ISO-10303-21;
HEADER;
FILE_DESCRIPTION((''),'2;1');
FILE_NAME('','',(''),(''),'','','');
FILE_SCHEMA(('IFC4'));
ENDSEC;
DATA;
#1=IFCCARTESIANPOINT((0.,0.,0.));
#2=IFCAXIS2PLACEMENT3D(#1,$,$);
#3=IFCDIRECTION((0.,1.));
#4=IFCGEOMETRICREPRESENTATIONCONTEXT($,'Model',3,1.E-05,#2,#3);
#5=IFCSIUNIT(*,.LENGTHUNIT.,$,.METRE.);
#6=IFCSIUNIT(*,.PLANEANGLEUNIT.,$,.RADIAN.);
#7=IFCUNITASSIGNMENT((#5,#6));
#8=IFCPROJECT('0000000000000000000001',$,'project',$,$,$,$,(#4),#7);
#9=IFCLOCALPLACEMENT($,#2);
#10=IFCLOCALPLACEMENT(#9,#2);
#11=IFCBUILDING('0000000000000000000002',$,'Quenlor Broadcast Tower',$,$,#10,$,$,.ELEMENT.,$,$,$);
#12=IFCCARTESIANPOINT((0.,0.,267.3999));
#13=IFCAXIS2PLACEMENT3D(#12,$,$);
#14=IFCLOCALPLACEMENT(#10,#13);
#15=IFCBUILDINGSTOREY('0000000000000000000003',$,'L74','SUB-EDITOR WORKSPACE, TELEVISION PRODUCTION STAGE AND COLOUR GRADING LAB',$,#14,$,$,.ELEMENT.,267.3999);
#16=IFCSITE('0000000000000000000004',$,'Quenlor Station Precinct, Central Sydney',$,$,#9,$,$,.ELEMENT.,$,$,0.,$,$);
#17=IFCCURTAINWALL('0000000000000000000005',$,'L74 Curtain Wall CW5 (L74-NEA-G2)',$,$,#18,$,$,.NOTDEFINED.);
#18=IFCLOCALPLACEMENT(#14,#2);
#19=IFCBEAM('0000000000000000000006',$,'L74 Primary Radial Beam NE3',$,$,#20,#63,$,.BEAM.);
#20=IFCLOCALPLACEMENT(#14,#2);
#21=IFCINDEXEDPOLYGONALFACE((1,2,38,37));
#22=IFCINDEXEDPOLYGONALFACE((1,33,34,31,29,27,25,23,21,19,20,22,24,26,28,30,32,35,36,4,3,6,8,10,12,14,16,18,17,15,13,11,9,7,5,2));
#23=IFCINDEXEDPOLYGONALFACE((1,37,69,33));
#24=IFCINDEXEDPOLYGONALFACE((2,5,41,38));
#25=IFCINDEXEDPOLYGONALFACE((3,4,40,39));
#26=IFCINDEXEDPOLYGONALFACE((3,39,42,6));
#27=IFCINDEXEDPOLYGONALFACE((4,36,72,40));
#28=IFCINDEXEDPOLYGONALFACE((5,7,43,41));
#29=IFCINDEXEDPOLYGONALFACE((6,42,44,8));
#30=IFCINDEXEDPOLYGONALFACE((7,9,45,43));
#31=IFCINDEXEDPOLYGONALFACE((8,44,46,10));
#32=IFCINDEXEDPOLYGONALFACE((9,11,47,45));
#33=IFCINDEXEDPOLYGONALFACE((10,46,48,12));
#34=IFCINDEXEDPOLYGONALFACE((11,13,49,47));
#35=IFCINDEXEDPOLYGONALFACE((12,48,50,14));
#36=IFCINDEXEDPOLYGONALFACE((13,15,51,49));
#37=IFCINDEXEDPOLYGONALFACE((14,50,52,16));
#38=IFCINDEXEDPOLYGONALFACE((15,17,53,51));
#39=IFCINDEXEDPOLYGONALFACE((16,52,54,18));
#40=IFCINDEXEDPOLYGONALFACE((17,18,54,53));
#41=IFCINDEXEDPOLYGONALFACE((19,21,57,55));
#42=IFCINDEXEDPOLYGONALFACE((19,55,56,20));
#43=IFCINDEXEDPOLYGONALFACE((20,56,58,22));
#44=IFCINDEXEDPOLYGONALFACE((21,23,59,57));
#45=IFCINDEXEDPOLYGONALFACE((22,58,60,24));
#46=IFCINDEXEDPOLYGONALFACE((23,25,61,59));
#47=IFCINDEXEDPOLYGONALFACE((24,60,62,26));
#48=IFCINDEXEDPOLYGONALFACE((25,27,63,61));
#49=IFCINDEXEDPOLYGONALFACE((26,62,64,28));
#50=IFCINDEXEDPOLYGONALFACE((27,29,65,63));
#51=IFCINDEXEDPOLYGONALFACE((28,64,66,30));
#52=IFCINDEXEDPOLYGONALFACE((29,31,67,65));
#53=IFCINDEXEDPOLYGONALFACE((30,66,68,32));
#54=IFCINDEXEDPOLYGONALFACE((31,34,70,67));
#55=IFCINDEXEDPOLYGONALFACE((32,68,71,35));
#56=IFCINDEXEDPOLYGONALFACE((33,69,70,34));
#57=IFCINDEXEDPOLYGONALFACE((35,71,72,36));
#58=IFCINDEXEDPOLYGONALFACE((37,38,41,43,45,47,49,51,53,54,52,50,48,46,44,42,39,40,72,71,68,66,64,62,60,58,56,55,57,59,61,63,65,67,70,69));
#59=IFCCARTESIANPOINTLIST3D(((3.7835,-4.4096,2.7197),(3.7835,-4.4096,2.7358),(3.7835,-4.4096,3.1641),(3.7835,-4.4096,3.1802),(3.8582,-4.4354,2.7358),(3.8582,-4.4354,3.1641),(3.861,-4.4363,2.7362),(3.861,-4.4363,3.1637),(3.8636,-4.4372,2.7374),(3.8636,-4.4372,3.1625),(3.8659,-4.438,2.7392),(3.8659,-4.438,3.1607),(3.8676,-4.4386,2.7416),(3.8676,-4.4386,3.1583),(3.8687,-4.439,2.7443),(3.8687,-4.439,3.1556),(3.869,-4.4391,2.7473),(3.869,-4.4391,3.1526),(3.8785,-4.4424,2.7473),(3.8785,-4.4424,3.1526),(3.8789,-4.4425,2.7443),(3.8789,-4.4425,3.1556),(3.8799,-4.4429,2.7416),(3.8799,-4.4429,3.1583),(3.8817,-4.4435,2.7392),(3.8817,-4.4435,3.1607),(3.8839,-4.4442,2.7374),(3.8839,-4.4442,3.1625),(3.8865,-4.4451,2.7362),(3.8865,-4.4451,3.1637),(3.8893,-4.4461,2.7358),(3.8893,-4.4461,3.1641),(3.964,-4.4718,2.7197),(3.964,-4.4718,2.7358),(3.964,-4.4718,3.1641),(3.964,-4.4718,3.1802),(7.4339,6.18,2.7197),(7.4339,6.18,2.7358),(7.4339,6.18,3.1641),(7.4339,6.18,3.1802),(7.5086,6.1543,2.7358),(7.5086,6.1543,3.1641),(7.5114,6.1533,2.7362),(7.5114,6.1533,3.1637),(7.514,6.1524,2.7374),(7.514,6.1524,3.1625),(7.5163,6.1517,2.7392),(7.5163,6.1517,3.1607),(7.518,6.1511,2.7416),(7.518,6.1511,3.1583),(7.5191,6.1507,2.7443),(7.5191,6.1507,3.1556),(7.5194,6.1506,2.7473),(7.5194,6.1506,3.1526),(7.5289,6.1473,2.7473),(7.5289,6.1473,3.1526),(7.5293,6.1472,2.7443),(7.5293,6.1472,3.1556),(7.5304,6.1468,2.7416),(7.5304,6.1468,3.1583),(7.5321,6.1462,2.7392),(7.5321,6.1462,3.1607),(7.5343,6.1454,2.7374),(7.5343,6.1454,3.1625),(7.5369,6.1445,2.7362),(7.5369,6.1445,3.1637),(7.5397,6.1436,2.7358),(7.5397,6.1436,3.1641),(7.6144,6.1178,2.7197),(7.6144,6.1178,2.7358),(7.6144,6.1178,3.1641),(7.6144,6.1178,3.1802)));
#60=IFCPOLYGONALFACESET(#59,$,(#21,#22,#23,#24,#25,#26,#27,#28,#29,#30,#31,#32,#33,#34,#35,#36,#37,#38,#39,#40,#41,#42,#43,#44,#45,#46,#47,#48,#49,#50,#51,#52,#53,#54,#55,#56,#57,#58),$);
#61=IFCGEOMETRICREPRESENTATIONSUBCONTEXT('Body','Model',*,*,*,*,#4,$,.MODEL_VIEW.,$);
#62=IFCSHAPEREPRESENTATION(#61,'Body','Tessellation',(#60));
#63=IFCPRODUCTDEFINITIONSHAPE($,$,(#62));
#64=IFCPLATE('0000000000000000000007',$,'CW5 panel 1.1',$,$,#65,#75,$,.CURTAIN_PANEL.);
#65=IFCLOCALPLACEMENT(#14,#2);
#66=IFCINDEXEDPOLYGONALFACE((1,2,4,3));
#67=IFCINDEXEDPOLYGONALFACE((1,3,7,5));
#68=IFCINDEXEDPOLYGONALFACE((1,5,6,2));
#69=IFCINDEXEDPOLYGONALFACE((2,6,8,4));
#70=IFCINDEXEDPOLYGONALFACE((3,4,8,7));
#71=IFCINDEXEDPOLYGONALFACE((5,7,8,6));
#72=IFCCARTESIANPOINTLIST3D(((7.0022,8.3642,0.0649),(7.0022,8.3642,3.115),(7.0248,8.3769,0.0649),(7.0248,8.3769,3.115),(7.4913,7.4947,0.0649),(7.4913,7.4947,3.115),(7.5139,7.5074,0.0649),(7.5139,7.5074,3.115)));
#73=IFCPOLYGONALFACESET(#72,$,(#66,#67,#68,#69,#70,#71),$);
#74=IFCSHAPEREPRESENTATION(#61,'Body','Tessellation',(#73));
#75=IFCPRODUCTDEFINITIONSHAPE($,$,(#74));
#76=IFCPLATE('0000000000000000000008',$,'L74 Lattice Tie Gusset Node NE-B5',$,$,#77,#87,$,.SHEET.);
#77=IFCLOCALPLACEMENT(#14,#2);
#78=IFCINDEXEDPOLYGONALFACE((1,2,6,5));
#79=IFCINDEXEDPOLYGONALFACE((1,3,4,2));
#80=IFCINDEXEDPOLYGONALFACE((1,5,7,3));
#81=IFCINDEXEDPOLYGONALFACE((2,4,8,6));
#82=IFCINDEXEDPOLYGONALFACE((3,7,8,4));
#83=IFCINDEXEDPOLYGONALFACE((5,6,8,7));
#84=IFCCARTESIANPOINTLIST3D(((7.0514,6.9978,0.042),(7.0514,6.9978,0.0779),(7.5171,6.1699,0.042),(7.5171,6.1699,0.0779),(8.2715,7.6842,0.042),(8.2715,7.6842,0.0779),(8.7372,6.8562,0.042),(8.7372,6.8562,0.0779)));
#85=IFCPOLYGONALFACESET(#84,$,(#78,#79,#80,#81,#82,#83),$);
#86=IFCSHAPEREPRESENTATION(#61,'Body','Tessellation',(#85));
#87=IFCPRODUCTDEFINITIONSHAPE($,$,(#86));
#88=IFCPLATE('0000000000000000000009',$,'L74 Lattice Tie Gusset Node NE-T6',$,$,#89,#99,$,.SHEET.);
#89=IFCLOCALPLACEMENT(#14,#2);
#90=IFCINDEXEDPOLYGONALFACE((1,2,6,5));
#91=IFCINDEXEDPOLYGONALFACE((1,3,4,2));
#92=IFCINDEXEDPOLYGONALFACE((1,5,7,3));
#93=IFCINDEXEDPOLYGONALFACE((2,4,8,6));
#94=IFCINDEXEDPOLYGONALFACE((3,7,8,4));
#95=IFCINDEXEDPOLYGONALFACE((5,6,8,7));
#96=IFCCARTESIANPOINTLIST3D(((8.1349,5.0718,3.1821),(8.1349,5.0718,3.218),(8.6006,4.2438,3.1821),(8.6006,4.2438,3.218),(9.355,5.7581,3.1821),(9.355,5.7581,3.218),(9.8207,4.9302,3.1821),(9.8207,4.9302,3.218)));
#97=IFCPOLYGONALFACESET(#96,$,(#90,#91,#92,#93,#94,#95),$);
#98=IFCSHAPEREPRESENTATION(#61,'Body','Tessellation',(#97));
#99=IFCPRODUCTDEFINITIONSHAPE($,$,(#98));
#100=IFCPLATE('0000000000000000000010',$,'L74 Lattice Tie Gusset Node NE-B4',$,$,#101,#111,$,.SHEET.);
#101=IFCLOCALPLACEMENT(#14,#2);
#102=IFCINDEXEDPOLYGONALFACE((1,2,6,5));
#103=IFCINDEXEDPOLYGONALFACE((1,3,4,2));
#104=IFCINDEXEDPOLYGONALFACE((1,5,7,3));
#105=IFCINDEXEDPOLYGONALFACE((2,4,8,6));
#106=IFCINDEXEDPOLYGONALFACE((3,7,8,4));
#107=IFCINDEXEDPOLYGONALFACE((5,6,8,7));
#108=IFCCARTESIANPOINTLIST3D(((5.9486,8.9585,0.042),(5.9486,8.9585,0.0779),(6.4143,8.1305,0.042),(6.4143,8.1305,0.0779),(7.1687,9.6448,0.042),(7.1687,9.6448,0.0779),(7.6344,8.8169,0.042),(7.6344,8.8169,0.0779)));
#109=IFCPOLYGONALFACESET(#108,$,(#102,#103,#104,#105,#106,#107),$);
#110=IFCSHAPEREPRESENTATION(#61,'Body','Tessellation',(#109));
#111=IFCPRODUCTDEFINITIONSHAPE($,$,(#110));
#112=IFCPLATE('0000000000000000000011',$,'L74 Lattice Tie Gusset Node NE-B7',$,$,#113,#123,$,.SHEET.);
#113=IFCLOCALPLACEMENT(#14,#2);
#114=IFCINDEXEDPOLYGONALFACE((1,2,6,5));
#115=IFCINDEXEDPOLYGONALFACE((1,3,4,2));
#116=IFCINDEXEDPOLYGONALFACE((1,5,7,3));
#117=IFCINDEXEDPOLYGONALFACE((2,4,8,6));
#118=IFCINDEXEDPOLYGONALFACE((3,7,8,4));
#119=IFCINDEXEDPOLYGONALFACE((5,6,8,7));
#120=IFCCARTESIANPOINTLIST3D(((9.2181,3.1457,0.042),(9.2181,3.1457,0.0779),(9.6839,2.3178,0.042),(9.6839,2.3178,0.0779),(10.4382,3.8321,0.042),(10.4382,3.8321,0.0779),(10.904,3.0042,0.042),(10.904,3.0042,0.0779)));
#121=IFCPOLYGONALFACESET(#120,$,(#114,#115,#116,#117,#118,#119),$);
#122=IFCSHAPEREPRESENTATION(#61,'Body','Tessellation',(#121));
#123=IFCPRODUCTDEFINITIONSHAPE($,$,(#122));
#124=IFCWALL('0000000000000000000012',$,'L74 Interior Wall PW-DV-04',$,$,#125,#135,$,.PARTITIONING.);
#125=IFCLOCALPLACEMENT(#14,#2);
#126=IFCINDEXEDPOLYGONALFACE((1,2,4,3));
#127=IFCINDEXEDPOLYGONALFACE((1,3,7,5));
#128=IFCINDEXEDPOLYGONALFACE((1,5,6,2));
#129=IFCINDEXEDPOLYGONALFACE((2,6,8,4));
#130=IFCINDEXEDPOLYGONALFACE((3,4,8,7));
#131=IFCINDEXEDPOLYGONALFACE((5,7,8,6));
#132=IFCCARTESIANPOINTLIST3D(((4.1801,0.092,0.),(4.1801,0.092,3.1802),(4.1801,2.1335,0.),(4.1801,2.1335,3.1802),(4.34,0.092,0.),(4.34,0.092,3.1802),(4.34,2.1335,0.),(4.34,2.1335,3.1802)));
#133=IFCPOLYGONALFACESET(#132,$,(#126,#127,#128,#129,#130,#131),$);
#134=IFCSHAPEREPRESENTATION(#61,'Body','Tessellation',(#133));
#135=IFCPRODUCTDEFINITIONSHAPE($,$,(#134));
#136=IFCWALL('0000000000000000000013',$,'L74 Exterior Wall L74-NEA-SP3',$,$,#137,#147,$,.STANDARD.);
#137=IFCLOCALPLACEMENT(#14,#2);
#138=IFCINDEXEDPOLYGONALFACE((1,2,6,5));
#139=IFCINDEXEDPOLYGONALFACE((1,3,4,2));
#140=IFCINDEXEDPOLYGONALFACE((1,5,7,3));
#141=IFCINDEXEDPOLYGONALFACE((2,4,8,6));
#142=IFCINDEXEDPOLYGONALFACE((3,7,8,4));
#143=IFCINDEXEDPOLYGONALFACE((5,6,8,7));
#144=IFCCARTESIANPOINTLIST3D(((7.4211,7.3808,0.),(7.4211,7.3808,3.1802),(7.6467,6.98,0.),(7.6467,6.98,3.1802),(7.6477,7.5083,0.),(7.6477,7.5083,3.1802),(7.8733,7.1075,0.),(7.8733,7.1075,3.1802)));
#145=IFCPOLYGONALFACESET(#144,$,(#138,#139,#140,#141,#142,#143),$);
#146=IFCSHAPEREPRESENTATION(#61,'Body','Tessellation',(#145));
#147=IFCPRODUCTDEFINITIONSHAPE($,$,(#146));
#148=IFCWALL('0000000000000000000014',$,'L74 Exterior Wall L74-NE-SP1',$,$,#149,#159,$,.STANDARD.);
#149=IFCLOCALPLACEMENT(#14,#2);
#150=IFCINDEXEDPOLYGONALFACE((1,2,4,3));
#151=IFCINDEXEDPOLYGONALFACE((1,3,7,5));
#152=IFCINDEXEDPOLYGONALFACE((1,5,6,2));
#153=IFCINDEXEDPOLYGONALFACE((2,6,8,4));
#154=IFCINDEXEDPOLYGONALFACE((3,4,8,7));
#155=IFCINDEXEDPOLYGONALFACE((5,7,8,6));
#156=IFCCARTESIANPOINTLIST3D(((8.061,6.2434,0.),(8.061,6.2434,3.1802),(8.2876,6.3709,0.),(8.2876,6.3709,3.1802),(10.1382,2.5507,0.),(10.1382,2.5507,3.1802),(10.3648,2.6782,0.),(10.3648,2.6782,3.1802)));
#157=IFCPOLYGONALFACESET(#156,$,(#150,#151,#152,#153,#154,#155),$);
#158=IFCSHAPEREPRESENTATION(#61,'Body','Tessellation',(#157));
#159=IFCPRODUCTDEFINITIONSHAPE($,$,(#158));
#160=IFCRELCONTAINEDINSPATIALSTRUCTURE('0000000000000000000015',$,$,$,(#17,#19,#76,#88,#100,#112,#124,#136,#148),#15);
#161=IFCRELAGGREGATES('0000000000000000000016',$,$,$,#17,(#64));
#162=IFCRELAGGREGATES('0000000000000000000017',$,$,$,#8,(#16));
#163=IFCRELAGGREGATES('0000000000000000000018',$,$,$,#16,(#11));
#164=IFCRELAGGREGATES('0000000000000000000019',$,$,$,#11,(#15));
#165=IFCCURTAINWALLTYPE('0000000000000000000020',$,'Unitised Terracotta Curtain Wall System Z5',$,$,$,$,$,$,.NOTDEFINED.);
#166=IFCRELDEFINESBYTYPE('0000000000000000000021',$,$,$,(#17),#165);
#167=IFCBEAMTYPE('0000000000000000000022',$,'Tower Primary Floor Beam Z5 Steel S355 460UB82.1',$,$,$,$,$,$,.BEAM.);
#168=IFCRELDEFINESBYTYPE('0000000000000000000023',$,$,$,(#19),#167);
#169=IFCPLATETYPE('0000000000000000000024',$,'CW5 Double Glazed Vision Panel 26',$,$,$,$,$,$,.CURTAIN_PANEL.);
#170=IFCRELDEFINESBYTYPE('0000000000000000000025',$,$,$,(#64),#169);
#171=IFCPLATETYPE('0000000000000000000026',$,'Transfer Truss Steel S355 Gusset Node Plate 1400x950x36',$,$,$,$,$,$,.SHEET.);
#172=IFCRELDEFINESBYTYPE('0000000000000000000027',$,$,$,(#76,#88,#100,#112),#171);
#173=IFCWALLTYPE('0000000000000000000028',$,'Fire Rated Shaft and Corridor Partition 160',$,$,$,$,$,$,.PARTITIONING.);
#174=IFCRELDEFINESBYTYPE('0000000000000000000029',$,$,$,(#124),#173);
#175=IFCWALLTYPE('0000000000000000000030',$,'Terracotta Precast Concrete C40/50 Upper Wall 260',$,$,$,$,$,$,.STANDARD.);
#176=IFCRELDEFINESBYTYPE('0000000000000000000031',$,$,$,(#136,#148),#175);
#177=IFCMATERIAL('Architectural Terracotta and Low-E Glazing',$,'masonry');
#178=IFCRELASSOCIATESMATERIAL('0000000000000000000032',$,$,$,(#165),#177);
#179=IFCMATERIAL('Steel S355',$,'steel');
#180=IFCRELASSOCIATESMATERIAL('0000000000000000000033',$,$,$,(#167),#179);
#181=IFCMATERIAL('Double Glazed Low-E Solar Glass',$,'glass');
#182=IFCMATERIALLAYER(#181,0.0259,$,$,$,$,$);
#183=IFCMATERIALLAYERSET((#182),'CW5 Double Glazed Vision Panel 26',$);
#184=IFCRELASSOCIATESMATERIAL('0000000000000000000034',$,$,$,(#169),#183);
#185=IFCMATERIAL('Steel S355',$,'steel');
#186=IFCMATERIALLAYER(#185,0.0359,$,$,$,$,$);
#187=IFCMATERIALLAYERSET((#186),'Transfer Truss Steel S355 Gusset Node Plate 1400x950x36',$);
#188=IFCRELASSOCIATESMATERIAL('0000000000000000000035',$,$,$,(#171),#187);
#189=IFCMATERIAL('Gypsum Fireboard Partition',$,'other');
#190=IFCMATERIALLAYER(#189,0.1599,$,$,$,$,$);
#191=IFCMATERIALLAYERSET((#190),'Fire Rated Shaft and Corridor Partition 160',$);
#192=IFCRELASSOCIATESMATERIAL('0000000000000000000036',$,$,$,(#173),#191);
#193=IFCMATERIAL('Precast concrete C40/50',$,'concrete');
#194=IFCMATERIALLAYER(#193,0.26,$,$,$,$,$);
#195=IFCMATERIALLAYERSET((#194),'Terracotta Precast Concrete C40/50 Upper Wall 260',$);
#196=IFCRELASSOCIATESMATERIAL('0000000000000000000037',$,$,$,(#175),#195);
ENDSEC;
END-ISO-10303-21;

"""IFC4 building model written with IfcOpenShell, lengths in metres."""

from ifc_helpers import new_model, si_unit, direction, frame, frame_2d, origin, origin_2d, place, context, subcontext, project, spatial, rectangle, i_section, extrude, material, layer, layer_set, material_profile, profile_set, type_object, element, aggregate, save


model = new_model("IFC4")

# Units and contexts
model_context = context("Model", 3, precision=1e-05, world=origin(), true_north=direction((0.0, 1.0)))
body_context = subcontext(model_context, "Body", "Model", "MODEL_VIEW")
ifc_project = project(units=[si_unit("LENGTHUNIT", "METRE"), si_unit("PLANEANGLEUNIT", "RADIAN")], contexts=[model_context])

# Site, building, storey
site_placement = place(None, origin())
site = spatial("IfcSite", under=ifc_project, at=site_placement, Name="Quenlor Station Precinct, Central Sydney", CompositionType="ELEMENT", RefElevation=0.0)
building_placement = place(site_placement, origin())
building = spatial("IfcBuilding", under=site, at=building_placement, Name="Quenlor Broadcast Tower", CompositionType="ELEMENT")
storey_placement = place(building_placement, frame((0.0, 0.0, 267.3999)))
storey = spatial("IfcBuildingStorey", under=building, at=storey_placement, Name="L74", Description="SUB-EDITOR WORKSPACE, TELEVISION PRODUCTION STAGE AND COLOUR GRADING LAB", CompositionType="ELEMENT", Elevation=267.3999)

# Curtain wall
ifc_material_1 = material(Name="Architectural Terracotta and Low-E Glazing", Category="masonry")
curtain_wall_type = type_object("IfcCurtainWallType", Name="Unitised Terracotta Curtain Wall System Z5", PredefinedType="NOTDEFINED", material=ifc_material_1)
curtain_wall_1_placement = place(storey_placement, origin())
curtain_wall_1 = element("IfcCurtainWall", 1, at=curtain_wall_1_placement, inside=storey, type_object=curtain_wall_type, Name="L74 Curtain Wall CW5 (L74-NEA-G2)", PredefinedType="NOTDEFINED")

# Beam
ifc_material_2 = material(Name="Steel S355", Category="steel")
ifc_material_profile_1 = material_profile(ifc_material_2, i_section(OverallWidth=0.1909, OverallDepth=0.4604, WebThickness=0.01, FlangeThickness=0.0161, FilletRadius=0.0115, at=origin_2d()))
ifc_profile_set_1 = profile_set([ifc_material_profile_1], Name="Steel S355 460UB82.1")
beam_type_1 = type_object("IfcBeamType", Name="Tower Primary Floor Beam Z5 Steel S355 460UB82.1", PredefinedType="BEAM", material=ifc_profile_set_1)
beam_1_placement = place(storey_placement, frame((7.5242, 6.1489, 2.95), z_axis=(-0.325895, -0.945406, 0.0), x_axis=(0.945406, -0.325895, 0.0)))
element("IfcBeam", 2, at=beam_1_placement, inside=storey, type_object=beam_type_1, Name="L74 Primary Radial Beam NE3", PredefinedType="BEAM", context=body_context, shape_type="SweptSolid", body=[
    extrude(i_section(OverallWidth=0.1909, OverallDepth=0.4604, WebThickness=0.01, FlangeThickness=0.0161, FilletRadius=0.0115, at=origin_2d()), origin(), (0.0, 0.0, 1.0), 11.2012),
])

# Plate
ifc_material_3 = material(Name="Double Glazed Low-E Solar Glass", Category="glass")
ifc_layer_1 = layer(ifc_material_3, 0.0259)
ifc_layer_set_1 = layer_set([ifc_layer_1], Name="CW5 Double Glazed Vision Panel 26")
plate_type_1 = type_object("IfcPlateType", Name="CW5 Double Glazed Vision Panel 26", PredefinedType="CURTAIN_PANEL", material=ifc_layer_set_1)
plate_placement = place(storey_placement, frame((7.2581, 7.9358, 0.0649), z_axis=(0.0, 0.0, 1.0), x_axis=(0.490282, -0.871564, 0.0)))
plate = element("IfcPlate", 3, at=plate_placement, type_object=plate_type_1, Name="CW5 panel 1.1", PredefinedType="CURTAIN_PANEL", context=body_context, shape_type="SweptSolid", body=[
    extrude(rectangle(XDim=0.9976, YDim=0.0259, at=origin_2d()), origin(), (0.0, 0.0, 1.0), 3.05),
])
aggregate(curtain_wall_1, [plate])

# Plates
ifc_material_4 = material(Name="Steel S355", Category="steel")
ifc_layer_2 = layer(ifc_material_4, 0.0359)
ifc_layer_set_2 = layer_set([ifc_layer_2], Name="Transfer Truss Steel S355 Gusset Node Plate 1400x950x36")
plate_type_2 = type_object("IfcPlateType", Name="Transfer Truss Steel S355 Gusset Node Plate 1400x950x36", PredefinedType="SHEET", material=ifc_layer_set_2)
for number, where, z_axis, x_axis, name in (
    (4, (7.8943, 6.927, 0.042), (0.0, 0.0, 1.0), (0.871556, 0.490295, 0.0), "L74 Lattice Tie Gusset Node NE-B5"),
    (5, (8.9778, 5.001, 3.1821), (0.0, 0.0, 1.0), (0.871556, 0.490295, 0.0), "L74 Lattice Tie Gusset Node NE-T6"),
    (6, (6.7915, 8.8877, 0.042), (0.0, 0.0, 1.0), (0.871556, 0.490295, 0.0), "L74 Lattice Tie Gusset Node NE-B4"),
    (7, (10.061, 3.075, 0.042), (0.0, 0.0, 1.0), (0.871556, 0.490295, 0.0), "L74 Lattice Tie Gusset Node NE-B7"),
):
    element("IfcPlate", number, at=place(storey_placement, frame(where, z_axis=z_axis, x_axis=x_axis)), inside=storey, type_object=plate_type_2, Name=name, PredefinedType="SHEET", context=body_context, shape_type="SweptSolid", body=[
        extrude(rectangle(XDim=1.3999, YDim=0.95, at=origin_2d()), origin(), (0.0, 0.0, 1.0), 0.0359),
    ])

# Walls
ifc_material_5 = material(Name="Gypsum Fireboard Partition", Category="other")
ifc_layer_3 = layer(ifc_material_5, 0.1599)
ifc_layer_set_3 = layer_set([ifc_layer_3], Name="Fire Rated Shaft and Corridor Partition 160")
wall_type_1 = type_object("IfcWallType", Name="Fire Rated Shaft and Corridor Partition 160", PredefinedType="PARTITIONING", material=ifc_layer_set_3)
wall_1_placement = place(storey_placement, frame((4.26, 2.1335, 0.0), z_axis=(0.0, 0.0, 1.0), x_axis=(0.0, -1.0, 0.0)))
element("IfcWall", 8, at=wall_1_placement, inside=storey, type_object=wall_type_1, Name="L74 Interior Wall PW-DV-04", PredefinedType="PARTITIONING", context=body_context, shape_type="SweptSolid", body=[
    extrude(rectangle(XDim=2.0415, YDim=0.1599, at=frame_2d((1.0208, 0.0))), origin(), (0.0, 0.0, 1.0), 3.1802),
])
ifc_material_6 = material(Name="Precast concrete C40/50", Category="concrete")
ifc_layer_4 = layer(ifc_material_6, 0.26)
ifc_layer_set_4 = layer_set([ifc_layer_4], Name="Terracotta Precast Concrete C40/50 Upper Wall 260")
wall_type_2 = type_object("IfcWallType", Name="Terracotta Precast Concrete C40/50 Upper Wall 260", PredefinedType="STANDARD", material=ifc_layer_set_4)
wall_2_placement = place(storey_placement, frame((7.5344, 7.4446, 0.0), z_axis=(0.0, 0.0, 1.0), x_axis=(0.490412, -0.87149, 0.0)))
element("IfcWall", 9, at=wall_2_placement, inside=storey, type_object=wall_type_2, Name="L74 Exterior Wall L74-NEA-SP3", PredefinedType="STANDARD", context=body_context, shape_type="SweptSolid", body=[
    extrude(rectangle(XDim=0.46, YDim=0.26, at=frame_2d((0.23, 0.0))), origin(), (0.0, 0.0, 1.0), 3.1802),
])
wall_3_placement = place(storey_placement, frame((8.1743, 6.3071, 0.0), z_axis=(0.0, 0.0, 1.0), x_axis=(0.490269, -0.871571, 0.0)))
element("IfcWall", 10, at=wall_3_placement, inside=storey, type_object=wall_type_2, Name="L74 Exterior Wall L74-NE-SP1", PredefinedType="STANDARD", context=body_context, shape_type="SweptSolid", body=[
    extrude(rectangle(XDim=4.2368, YDim=0.26, at=frame_2d((2.1184, 0.0))), origin(), (0.0, 0.0, 1.0), 3.1802),
])

save(model, "model.ifc")
